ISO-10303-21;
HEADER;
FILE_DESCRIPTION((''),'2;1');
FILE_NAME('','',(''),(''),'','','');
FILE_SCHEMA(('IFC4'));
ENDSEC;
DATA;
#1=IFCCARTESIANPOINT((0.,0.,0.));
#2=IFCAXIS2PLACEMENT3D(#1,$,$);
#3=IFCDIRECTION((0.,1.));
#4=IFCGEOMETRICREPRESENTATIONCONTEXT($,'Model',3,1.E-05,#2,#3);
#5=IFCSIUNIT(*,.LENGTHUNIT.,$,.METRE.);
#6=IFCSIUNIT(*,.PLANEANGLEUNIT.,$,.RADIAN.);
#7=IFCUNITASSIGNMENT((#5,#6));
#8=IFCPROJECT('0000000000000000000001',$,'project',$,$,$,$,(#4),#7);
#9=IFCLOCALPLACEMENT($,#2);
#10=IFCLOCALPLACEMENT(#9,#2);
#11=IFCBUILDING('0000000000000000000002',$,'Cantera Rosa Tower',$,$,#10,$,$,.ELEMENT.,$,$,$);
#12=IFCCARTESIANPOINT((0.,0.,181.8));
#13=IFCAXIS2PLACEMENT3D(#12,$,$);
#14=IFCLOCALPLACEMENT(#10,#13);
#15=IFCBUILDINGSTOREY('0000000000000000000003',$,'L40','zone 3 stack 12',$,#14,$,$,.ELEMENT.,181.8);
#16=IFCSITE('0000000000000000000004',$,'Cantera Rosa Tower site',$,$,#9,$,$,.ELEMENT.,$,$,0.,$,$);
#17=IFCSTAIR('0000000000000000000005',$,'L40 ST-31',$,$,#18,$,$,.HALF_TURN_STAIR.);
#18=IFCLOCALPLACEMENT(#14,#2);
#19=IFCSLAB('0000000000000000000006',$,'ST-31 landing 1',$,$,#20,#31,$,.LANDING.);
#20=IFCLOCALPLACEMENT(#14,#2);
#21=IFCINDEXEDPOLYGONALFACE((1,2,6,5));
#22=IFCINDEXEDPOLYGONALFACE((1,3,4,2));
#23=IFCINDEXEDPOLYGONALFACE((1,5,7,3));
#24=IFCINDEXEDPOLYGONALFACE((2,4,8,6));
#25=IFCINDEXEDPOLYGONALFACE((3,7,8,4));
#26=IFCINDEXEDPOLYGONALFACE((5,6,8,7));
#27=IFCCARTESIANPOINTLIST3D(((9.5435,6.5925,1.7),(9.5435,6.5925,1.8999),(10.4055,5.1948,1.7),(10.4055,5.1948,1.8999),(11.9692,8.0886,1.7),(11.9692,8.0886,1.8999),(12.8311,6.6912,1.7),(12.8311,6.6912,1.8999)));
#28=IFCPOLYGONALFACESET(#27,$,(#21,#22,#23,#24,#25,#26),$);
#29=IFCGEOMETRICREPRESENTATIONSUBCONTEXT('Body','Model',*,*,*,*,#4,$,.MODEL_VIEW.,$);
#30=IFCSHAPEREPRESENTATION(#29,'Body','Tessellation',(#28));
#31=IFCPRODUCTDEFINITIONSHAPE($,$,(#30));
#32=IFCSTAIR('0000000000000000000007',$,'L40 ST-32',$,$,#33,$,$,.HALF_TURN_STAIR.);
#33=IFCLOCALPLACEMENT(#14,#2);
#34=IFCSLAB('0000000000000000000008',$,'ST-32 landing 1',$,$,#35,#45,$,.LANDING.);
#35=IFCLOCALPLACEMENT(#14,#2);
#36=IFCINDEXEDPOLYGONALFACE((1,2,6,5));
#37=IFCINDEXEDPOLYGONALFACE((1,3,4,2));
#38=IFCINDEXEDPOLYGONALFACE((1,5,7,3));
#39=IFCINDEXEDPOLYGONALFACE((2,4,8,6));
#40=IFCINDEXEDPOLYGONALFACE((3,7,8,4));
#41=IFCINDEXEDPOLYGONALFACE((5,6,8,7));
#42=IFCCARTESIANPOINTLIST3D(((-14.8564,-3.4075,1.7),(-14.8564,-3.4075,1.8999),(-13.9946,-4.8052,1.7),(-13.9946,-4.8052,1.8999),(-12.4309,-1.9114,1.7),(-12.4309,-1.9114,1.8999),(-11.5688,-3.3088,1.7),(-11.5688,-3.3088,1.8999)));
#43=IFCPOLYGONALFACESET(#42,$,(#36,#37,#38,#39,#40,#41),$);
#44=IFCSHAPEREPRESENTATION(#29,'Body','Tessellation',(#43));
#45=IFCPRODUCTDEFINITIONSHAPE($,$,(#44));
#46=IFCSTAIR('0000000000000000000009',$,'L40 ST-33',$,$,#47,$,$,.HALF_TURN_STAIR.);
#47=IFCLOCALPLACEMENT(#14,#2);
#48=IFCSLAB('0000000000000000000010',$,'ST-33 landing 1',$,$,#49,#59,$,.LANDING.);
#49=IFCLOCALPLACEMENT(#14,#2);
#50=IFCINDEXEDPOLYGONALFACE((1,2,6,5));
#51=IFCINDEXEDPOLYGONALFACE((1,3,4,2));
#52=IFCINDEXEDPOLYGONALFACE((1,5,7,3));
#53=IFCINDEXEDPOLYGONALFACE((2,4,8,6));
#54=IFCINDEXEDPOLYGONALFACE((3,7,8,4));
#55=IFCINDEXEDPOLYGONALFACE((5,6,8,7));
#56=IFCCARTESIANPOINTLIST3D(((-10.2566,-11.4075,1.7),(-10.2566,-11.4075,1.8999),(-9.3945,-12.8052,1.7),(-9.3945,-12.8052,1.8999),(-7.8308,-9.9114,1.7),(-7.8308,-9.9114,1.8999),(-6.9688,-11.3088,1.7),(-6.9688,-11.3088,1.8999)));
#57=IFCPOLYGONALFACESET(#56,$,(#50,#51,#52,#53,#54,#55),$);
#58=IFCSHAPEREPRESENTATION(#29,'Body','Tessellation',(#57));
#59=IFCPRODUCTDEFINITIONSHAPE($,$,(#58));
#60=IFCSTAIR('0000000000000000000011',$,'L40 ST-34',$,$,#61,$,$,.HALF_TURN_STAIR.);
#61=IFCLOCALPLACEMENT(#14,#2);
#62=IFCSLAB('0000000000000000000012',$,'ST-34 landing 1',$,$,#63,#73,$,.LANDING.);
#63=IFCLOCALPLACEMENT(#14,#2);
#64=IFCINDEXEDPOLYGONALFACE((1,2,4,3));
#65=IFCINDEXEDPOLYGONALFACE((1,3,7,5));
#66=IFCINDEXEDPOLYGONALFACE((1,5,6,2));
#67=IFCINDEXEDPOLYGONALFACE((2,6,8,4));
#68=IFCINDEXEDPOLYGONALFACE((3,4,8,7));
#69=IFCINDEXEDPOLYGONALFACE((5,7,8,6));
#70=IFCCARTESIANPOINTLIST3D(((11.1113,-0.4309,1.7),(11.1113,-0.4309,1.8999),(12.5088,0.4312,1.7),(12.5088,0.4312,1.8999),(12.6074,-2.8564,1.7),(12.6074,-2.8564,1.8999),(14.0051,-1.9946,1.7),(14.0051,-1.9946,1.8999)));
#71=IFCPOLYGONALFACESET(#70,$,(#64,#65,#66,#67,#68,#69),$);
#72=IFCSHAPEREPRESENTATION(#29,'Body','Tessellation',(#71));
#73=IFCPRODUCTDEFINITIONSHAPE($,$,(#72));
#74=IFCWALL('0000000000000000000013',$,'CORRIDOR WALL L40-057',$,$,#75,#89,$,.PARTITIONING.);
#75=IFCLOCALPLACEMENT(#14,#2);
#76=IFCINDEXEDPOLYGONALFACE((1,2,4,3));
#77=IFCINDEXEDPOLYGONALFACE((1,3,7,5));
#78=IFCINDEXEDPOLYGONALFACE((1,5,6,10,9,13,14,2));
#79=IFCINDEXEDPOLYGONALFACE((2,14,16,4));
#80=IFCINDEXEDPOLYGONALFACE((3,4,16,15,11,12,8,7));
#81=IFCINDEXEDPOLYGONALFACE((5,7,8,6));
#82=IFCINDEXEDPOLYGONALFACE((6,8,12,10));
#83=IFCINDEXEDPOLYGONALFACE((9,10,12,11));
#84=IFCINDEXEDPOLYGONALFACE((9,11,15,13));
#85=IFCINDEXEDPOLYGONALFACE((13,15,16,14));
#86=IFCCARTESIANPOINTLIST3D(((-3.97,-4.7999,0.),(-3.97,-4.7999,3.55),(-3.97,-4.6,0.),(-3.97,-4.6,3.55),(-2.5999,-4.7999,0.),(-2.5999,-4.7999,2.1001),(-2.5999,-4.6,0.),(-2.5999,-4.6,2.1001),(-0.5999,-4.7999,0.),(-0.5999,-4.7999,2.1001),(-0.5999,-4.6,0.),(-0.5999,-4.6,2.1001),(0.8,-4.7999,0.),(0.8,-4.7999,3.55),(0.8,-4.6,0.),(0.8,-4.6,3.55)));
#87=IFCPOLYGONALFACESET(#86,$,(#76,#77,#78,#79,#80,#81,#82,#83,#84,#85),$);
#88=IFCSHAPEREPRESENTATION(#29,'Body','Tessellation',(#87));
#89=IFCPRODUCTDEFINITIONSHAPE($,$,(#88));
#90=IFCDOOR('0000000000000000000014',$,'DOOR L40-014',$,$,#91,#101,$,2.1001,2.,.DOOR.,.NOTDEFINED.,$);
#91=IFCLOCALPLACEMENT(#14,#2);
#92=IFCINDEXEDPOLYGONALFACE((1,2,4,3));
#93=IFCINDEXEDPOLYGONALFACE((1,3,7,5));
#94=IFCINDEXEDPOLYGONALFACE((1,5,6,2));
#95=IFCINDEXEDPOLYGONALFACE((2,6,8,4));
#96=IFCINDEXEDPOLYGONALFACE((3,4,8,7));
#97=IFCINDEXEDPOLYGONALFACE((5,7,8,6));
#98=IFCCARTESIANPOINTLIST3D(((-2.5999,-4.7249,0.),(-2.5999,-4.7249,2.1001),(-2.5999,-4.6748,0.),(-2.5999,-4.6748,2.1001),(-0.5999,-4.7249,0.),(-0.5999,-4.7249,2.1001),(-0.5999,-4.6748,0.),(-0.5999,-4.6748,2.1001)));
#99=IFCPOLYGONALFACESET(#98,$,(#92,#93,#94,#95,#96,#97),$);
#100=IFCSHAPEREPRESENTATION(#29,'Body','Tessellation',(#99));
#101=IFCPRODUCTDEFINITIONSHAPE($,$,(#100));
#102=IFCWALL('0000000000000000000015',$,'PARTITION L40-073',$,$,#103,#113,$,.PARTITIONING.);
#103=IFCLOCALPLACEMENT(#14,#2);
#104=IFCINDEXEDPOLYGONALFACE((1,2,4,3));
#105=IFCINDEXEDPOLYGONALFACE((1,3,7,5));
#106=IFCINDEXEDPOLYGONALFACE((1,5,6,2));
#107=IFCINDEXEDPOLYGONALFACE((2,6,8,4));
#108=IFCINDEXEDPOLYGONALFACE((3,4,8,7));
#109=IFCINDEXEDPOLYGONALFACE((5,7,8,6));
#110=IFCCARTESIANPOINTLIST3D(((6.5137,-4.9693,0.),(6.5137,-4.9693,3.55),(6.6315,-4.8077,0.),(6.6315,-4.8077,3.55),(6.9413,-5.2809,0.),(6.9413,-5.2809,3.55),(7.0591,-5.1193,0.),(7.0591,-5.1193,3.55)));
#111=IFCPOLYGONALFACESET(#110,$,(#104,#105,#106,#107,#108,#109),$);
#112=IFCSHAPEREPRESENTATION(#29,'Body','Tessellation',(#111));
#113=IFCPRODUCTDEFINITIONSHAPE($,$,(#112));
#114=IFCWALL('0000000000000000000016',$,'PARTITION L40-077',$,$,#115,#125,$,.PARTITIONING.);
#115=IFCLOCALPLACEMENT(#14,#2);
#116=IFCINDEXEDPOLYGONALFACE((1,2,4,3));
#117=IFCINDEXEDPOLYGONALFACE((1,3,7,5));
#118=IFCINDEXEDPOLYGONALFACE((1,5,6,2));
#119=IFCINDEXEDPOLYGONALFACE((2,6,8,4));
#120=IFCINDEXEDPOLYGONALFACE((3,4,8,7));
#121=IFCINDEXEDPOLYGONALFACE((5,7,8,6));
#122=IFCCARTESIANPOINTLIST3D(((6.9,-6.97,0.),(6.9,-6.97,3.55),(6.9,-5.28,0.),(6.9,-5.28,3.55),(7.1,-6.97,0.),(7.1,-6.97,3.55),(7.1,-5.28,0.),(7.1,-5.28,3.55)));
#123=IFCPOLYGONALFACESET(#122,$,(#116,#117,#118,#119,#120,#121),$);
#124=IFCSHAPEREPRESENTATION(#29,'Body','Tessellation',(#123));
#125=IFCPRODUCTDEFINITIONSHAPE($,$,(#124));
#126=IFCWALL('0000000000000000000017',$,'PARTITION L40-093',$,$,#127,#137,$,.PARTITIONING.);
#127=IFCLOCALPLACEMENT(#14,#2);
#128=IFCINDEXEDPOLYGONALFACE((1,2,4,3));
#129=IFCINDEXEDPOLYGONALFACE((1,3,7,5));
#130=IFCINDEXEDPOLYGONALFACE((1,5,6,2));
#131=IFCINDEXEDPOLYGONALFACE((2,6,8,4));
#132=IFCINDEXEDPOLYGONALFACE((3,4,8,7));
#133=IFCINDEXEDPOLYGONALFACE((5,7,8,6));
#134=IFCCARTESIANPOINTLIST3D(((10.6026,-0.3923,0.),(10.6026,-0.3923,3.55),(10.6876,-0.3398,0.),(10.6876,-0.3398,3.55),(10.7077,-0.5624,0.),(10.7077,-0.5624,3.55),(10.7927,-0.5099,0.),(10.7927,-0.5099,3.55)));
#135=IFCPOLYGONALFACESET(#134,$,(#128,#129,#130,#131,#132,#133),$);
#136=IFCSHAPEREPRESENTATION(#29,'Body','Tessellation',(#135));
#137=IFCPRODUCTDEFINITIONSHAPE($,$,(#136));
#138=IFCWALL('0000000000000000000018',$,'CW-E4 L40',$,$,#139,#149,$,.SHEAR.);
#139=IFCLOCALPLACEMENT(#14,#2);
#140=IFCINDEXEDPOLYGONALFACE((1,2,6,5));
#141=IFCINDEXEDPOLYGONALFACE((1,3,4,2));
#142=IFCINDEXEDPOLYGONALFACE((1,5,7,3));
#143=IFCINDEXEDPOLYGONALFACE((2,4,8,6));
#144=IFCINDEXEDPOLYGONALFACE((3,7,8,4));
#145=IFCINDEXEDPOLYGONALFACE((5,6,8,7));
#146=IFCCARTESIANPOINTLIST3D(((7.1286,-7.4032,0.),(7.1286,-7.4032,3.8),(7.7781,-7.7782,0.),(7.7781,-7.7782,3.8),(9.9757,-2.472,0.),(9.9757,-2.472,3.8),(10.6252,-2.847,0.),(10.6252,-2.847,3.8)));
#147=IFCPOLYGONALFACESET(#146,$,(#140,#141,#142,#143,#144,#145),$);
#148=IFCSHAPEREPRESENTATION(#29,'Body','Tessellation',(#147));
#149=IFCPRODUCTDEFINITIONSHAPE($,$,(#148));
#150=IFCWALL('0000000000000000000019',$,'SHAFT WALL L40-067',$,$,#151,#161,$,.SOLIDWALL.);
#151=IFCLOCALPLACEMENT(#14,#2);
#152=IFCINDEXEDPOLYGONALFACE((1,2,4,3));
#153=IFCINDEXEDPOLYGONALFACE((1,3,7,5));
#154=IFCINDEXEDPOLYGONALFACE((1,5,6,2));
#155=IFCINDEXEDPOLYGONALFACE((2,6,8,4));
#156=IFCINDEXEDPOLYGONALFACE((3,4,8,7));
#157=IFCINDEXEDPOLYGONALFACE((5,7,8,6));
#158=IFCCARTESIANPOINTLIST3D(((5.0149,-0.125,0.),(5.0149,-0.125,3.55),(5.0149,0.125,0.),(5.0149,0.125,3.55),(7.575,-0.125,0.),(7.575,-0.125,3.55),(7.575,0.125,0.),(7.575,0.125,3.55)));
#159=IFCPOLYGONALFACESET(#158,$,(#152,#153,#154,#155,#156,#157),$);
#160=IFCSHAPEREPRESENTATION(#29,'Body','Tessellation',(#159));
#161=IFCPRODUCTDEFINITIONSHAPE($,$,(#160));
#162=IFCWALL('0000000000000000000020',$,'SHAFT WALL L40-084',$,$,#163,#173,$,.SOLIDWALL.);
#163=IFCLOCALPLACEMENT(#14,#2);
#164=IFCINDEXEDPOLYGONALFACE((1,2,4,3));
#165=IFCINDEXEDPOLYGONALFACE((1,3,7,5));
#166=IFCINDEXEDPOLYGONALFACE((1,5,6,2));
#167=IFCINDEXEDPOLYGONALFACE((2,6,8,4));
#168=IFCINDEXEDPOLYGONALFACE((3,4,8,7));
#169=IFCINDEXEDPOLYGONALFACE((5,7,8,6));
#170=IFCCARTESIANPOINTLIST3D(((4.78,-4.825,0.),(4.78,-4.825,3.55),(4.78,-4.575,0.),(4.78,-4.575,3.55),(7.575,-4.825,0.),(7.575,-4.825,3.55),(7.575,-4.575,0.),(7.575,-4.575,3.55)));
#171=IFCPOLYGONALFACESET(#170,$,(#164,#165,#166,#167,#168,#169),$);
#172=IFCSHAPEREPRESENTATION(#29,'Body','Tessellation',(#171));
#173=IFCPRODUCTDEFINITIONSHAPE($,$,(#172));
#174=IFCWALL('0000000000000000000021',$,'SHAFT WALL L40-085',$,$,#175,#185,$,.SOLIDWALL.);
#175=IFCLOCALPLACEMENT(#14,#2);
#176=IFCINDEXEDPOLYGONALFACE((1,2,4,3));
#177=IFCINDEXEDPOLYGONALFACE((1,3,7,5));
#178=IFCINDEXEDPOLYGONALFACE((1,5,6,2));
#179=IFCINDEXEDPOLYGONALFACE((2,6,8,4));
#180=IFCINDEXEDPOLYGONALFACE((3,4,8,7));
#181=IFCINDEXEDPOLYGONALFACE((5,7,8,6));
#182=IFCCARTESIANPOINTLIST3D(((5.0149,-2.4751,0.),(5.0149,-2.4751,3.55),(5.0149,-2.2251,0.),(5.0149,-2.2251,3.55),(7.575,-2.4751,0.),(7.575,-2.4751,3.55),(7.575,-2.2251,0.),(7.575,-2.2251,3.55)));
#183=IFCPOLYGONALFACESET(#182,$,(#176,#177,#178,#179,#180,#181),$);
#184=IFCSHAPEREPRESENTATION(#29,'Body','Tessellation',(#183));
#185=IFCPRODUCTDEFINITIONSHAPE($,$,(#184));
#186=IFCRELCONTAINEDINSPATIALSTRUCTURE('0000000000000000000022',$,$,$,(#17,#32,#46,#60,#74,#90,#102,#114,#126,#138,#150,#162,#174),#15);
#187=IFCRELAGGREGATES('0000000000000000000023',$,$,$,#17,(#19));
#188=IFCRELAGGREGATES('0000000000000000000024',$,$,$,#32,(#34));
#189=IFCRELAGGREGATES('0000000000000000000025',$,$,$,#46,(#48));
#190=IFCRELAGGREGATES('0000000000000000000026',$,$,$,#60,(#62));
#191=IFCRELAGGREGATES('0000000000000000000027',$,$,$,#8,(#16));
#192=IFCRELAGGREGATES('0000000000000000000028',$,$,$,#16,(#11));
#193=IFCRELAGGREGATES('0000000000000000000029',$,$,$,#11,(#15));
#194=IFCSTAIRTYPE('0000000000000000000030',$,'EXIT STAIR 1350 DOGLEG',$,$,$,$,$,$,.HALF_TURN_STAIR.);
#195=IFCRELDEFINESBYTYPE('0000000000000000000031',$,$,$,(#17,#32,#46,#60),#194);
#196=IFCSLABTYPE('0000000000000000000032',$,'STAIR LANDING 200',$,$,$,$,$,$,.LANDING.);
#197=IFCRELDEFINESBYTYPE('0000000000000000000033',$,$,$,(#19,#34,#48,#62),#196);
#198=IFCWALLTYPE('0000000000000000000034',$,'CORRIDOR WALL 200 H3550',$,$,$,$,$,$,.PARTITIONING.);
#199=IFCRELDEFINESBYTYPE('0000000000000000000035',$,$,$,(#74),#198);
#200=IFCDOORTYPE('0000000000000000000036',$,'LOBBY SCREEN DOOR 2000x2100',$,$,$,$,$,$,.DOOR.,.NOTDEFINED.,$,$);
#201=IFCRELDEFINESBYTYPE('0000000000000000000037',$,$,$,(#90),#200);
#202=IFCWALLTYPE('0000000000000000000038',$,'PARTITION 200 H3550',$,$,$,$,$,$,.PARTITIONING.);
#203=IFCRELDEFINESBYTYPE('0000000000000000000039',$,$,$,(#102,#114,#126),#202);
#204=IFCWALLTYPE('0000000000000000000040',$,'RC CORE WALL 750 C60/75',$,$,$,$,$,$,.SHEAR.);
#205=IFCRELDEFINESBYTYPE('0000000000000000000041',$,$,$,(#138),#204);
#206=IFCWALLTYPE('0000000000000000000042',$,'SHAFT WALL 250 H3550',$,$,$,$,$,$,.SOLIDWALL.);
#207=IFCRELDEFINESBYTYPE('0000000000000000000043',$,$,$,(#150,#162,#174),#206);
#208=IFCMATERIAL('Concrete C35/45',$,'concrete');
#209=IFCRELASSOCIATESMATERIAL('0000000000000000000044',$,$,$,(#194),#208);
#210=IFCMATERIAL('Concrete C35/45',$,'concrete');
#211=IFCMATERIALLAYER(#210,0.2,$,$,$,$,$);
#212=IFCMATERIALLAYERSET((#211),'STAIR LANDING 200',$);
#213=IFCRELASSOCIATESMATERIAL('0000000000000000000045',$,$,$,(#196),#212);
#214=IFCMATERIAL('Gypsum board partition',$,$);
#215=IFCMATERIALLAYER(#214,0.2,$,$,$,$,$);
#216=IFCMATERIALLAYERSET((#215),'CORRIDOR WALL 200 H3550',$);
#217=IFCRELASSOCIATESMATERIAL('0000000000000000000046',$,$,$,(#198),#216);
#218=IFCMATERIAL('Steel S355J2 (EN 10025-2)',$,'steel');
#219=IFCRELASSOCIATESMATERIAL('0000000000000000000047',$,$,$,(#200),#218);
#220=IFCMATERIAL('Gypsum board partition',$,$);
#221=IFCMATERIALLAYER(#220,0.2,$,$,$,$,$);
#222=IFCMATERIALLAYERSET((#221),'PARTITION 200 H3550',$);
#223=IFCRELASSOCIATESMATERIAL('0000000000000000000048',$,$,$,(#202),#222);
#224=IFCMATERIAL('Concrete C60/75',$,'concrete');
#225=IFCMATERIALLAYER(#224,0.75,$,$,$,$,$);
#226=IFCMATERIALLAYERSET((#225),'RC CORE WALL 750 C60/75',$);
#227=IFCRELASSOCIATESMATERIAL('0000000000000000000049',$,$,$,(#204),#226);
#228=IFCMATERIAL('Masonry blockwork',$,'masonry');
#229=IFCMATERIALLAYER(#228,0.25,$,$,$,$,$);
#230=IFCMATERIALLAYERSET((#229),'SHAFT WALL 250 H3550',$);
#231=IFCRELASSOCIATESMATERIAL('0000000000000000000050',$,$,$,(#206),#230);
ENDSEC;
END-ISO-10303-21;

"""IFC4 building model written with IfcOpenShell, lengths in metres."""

from ifc_helpers import new_model, si_unit, direction, frame, frame_2d, origin, place, context, subcontext, project, spatial, polyline, rectangle, outline, extrude, material, layer, layer_set, type_object, element, fill, aggregate, save


model = new_model("IFC4")

# Units and contexts
model_context = context("Model", 3, precision=1e-05, world=origin(), true_north=direction((0.0, 1.0)))
body_context = subcontext(model_context, "Body", "Model", "MODEL_VIEW")
ifc_project = project(units=[si_unit("LENGTHUNIT", "METRE"), si_unit("PLANEANGLEUNIT", "RADIAN")], contexts=[model_context])

# Site, building, storey
site_placement = place(None, origin())
site = spatial("IfcSite", under=ifc_project, at=site_placement, Name="Cantera Rosa Tower site", CompositionType="ELEMENT", RefElevation=0.0)
building_placement = place(site_placement, origin())
building = spatial("IfcBuilding", under=site, at=building_placement, Name="Cantera Rosa Tower", CompositionType="ELEMENT")
storey_placement = place(building_placement, frame((0.0, 0.0, 181.8)))
storey = spatial("IfcBuildingStorey", under=building, at=storey_placement, Name="L40", Description="zone 3 stack 12", CompositionType="ELEMENT", Elevation=181.8)

# Stairs, slabs
ifc_material_1 = material(Name="Concrete C35/45", Category="concrete")
stair_type = type_object("IfcStairType", Name="EXIT STAIR 1350 DOGLEG", PredefinedType="HALF_TURN_STAIR", material=ifc_material_1)
stair_1_placement = place(storey_placement, origin())
stair_1 = element("IfcStair", 1, at=stair_1_placement, inside=storey, type_object=stair_type, Name="L40 ST-31", PredefinedType="HALF_TURN_STAIR")
ifc_material_2 = material(Name="Concrete C35/45", Category="concrete")
ifc_layer_1 = layer(ifc_material_2, 0.2)
ifc_layer_set_1 = layer_set([ifc_layer_1], Name="STAIR LANDING 200")
slab_type = type_object("IfcSlabType", Name="STAIR LANDING 200", PredefinedType="LANDING", material=ifc_layer_set_1)
slab_1_placement = place(storey_placement, frame((0.0, 0.0, 1.7)))
slab_1 = element("IfcSlab", 2, at=slab_1_placement, type_object=slab_type, Name="ST-31 landing 1", PredefinedType="LANDING", context=body_context, shape_type="SweptSolid", body=[
    extrude(outline(polyline([(12.8311, 6.6912), (11.9692, 8.0886), (9.5435, 6.5925), (10.4055, 5.1948), (12.8311, 6.6912)])), origin(), (0.0, 0.0, 1.0), 0.2),
])
aggregate(stair_1, [slab_1])
stair_2_placement = place(storey_placement, origin())
stair_2 = element("IfcStair", 3, at=stair_2_placement, inside=storey, type_object=stair_type, Name="L40 ST-32", PredefinedType="HALF_TURN_STAIR")
slab_2_placement = place(storey_placement, frame((0.0, 0.0, 1.7)))
slab_2 = element("IfcSlab", 4, at=slab_2_placement, type_object=slab_type, Name="ST-32 landing 1", PredefinedType="LANDING", context=body_context, shape_type="SweptSolid", body=[
    extrude(outline(polyline([(-11.5688, -3.3088), (-12.4309, -1.9114), (-14.8564, -3.4075), (-13.9946, -4.8052), (-11.5688, -3.3088)])), origin(), (0.0, 0.0, 1.0), 0.2),
])
aggregate(stair_2, [slab_2])
stair_3_placement = place(storey_placement, origin())
stair_3 = element("IfcStair", 5, at=stair_3_placement, inside=storey, type_object=stair_type, Name="L40 ST-33", PredefinedType="HALF_TURN_STAIR")
slab_3_placement = place(storey_placement, frame((0.0, 0.0, 1.7)))
slab_3 = element("IfcSlab", 6, at=slab_3_placement, type_object=slab_type, Name="ST-33 landing 1", PredefinedType="LANDING", context=body_context, shape_type="SweptSolid", body=[
    extrude(outline(polyline([(-6.9688, -11.3088), (-7.8308, -9.9114), (-10.2566, -11.4075), (-9.3945, -12.8052), (-6.9688, -11.3088)])), origin(), (0.0, 0.0, 1.0), 0.2),
])
aggregate(stair_3, [slab_3])
stair_4_placement = place(storey_placement, origin())
stair_4 = element("IfcStair", 7, at=stair_4_placement, inside=storey, type_object=stair_type, Name="L40 ST-34", PredefinedType="HALF_TURN_STAIR")
slab_4_placement = place(storey_placement, frame((0.0, 0.0, 1.7)))
slab_4 = element("IfcSlab", 8, at=slab_4_placement, type_object=slab_type, Name="ST-34 landing 1", PredefinedType="LANDING", context=body_context, shape_type="SweptSolid", body=[
    extrude(outline(polyline([(12.5088, 0.4312), (11.1113, -0.4309), (12.6074, -2.8564), (14.0051, -1.9946), (12.5088, 0.4312)])), origin(), (0.0, 0.0, 1.0), 0.2),
])
aggregate(stair_4, [slab_4])

# Wall, opening, door
ifc_material_3 = material(Name="Gypsum board partition")
ifc_layer_2 = layer(ifc_material_3, 0.2)
ifc_layer_set_2 = layer_set([ifc_layer_2], Name="CORRIDOR WALL 200 H3550")
wall_type_1 = type_object("IfcWallType", Name="CORRIDOR WALL 200 H3550", PredefinedType="PARTITIONING", material=ifc_layer_set_2)
wall_1_placement = place(storey_placement, frame((0.8, -4.7, 0.0), z_axis=(0.0, 0.0, 1.0), x_axis=(-1.0, 0.0, 0.0)))
wall_1 = element("IfcWall", 9, at=wall_1_placement, inside=storey, type_object=wall_type_1, Name="CORRIDOR WALL L40-057", PredefinedType="PARTITIONING", context=body_context, shape_type="SweptSolid", body=[
    extrude(rectangle(XDim=4.77, YDim=0.2, at=frame_2d((2.385, 0.0))), origin(), (0.0, 0.0, 1.0), 3.55),
])
opening_1_placement = place(wall_1_placement, frame((1.3999, 0.0, 0.0)))
opening_1 = element("IfcOpeningElement", 10, at=opening_1_placement, cuts=wall_1, PredefinedType="OPENING", context=body_context, shape_type="SweptSolid", body=[
    extrude(rectangle(XDim=2.0, YDim=2.1001, at=frame_2d((1.0, 1.05))), frame((0.0, 0.1099, 0.0), z_axis=(0.0, -1.0, 0.0), x_axis=(1.0, 0.0, 0.0)), (0.0, 0.0, 1.0), 0.22),
])
ifc_material_4 = material(Name="Steel S355J2 (EN 10025-2)", Category="steel")
door_type_1 = type_object("IfcDoorType", Name="LOBBY SCREEN DOOR 2000x2100", OperationType="NOTDEFINED", PredefinedType="DOOR", material=ifc_material_4)
door_1_placement = place(opening_1_placement, origin())
door_1 = element("IfcDoor", 11, at=door_1_placement, inside=storey, type_object=door_type_1, Name="DOOR L40-014", OperationType="NOTDEFINED", OverallHeight=2.1001, OverallWidth=2.0, PredefinedType="DOOR", context=body_context, shape_type="SweptSolid", body=[
    extrude(rectangle(XDim=2.0, YDim=2.1001, at=frame_2d((1.0, 1.05))), frame((0.0, 0.0249, 0.0), z_axis=(0.0, -1.0, 0.0), x_axis=(1.0, 0.0, 0.0)), (0.0, 0.0, 1.0), 0.05),
])
fill(opening_1, door_1)

# Walls
ifc_material_5 = material(Name="Gypsum board partition")
ifc_layer_3 = layer(ifc_material_5, 0.2)
ifc_layer_set_3 = layer_set([ifc_layer_3], Name="PARTITION 200 H3550")
wall_type_2 = type_object("IfcWallType", Name="PARTITION 200 H3550", PredefinedType="PARTITIONING", material=ifc_layer_set_3)
wall_2_placement = place(storey_placement, frame((6.5725, -4.8884, 0.0), z_axis=(0.0, 0.0, 1.0), x_axis=(0.808177, -0.58894, 0.0)))
element("IfcWall", 12, at=wall_2_placement, inside=storey, type_object=wall_type_2, Name="PARTITION L40-073", PredefinedType="PARTITIONING", context=body_context, shape_type="SweptSolid", body=[
    extrude(rectangle(XDim=0.5291, YDim=0.2, at=frame_2d((0.2646, 0.0))), origin(), (0.0, 0.0, 1.0), 3.55),
])
wall_3_placement = place(storey_placement, frame((7.0, -5.28, 0.0), z_axis=(0.0, 0.0, 1.0), x_axis=(0.0, -1.0, 0.0)))
element("IfcWall", 13, at=wall_3_placement, inside=storey, type_object=wall_type_2, Name="PARTITION L40-077", PredefinedType="PARTITIONING", context=body_context, shape_type="SweptSolid", body=[
    extrude(rectangle(XDim=1.6899, YDim=0.2, at=frame_2d((0.845, 0.0))), origin(), (0.0, 0.0, 1.0), 3.55),
])
wall_4_placement = place(storey_placement, frame((10.6553, -0.4773, 0.0), z_axis=(0.0, 0.0, 1.0), x_axis=(0.850734, 0.525597, 0.0)))
element("IfcWall", 14, at=wall_4_placement, inside=storey, type_object=wall_type_2, Name="PARTITION L40-093", PredefinedType="PARTITIONING", context=body_context, shape_type="SweptSolid", body=[
    extrude(rectangle(XDim=0.0999, YDim=0.2, at=frame_2d((0.0498, 0.0))), origin(), (0.0, 0.0, 1.0), 3.55),
])
ifc_material_6 = material(Name="Concrete C60/75", Category="concrete")
ifc_layer_4 = layer(ifc_material_6, 0.75)
ifc_layer_set_4 = layer_set([ifc_layer_4], Name="RC CORE WALL 750 C60/75")
wall_type_3 = type_object("IfcWallType", Name="RC CORE WALL 750 C60/75", PredefinedType="SHEAR", material=ifc_layer_set_4)
wall_5_placement = place(storey_placement, frame((10.3005, -2.6594, 0.0), z_axis=(0.0, 0.0, 1.0), x_axis=(-0.500022, -0.866013, 0.0)))
element("IfcWall", 15, at=wall_5_placement, inside=storey, type_object=wall_type_3, Name="CW-E4 L40", PredefinedType="SHEAR", context=body_context, shape_type="SweptSolid", body=[
    extrude(rectangle(XDim=5.6941, YDim=0.75, at=frame_2d((2.8472, 0.0))), origin(), (0.0, 0.0, 1.0), 3.8),
])
ifc_material_7 = material(Name="Masonry blockwork", Category="masonry")
ifc_layer_5 = layer(ifc_material_7, 0.25)
ifc_layer_set_5 = layer_set([ifc_layer_5], Name="SHAFT WALL 250 H3550")
wall_type_4 = type_object("IfcWallType", Name="SHAFT WALL 250 H3550", PredefinedType="SOLIDWALL", material=ifc_layer_set_5)
wall_6_placement = place(storey_placement, frame((5.0149, 0.0, 0.0), z_axis=(0.0, 0.0, 1.0), x_axis=(1.0, 0.0, 0.0)))
element("IfcWall", 16, at=wall_6_placement, inside=storey, type_object=wall_type_4, Name="SHAFT WALL L40-067", PredefinedType="SOLIDWALL", context=body_context, shape_type="SweptSolid", body=[
    extrude(rectangle(XDim=2.5601, YDim=0.25, at=frame_2d((1.28, 0.0))), origin(), (0.0, 0.0, 1.0), 3.55),
])
wall_7_placement = place(storey_placement, frame((7.575, -4.7, 0.0), z_axis=(0.0, 0.0, 1.0), x_axis=(-1.0, 0.0, 0.0)))
element("IfcWall", 17, at=wall_7_placement, inside=storey, type_object=wall_type_4, Name="SHAFT WALL L40-084", PredefinedType="SOLIDWALL", context=body_context, shape_type="SweptSolid", body=[
    extrude(rectangle(XDim=2.7949, YDim=0.25, at=frame_2d((1.3975, 0.0))), origin(), (0.0, 0.0, 1.0), 3.55),
])
wall_8_placement = place(storey_placement, frame((7.575, -2.3501, 0.0), z_axis=(0.0, 0.0, 1.0), x_axis=(-1.0, 0.0, 0.0)))
element("IfcWall", 18, at=wall_8_placement, inside=storey, type_object=wall_type_4, Name="SHAFT WALL L40-085", PredefinedType="SOLIDWALL", context=body_context, shape_type="SweptSolid", body=[
    extrude(rectangle(XDim=2.5601, YDim=0.25, at=frame_2d((1.28, 0.0))), origin(), (0.0, 0.0, 1.0), 3.55),
])

save(model, "model.ifc")
